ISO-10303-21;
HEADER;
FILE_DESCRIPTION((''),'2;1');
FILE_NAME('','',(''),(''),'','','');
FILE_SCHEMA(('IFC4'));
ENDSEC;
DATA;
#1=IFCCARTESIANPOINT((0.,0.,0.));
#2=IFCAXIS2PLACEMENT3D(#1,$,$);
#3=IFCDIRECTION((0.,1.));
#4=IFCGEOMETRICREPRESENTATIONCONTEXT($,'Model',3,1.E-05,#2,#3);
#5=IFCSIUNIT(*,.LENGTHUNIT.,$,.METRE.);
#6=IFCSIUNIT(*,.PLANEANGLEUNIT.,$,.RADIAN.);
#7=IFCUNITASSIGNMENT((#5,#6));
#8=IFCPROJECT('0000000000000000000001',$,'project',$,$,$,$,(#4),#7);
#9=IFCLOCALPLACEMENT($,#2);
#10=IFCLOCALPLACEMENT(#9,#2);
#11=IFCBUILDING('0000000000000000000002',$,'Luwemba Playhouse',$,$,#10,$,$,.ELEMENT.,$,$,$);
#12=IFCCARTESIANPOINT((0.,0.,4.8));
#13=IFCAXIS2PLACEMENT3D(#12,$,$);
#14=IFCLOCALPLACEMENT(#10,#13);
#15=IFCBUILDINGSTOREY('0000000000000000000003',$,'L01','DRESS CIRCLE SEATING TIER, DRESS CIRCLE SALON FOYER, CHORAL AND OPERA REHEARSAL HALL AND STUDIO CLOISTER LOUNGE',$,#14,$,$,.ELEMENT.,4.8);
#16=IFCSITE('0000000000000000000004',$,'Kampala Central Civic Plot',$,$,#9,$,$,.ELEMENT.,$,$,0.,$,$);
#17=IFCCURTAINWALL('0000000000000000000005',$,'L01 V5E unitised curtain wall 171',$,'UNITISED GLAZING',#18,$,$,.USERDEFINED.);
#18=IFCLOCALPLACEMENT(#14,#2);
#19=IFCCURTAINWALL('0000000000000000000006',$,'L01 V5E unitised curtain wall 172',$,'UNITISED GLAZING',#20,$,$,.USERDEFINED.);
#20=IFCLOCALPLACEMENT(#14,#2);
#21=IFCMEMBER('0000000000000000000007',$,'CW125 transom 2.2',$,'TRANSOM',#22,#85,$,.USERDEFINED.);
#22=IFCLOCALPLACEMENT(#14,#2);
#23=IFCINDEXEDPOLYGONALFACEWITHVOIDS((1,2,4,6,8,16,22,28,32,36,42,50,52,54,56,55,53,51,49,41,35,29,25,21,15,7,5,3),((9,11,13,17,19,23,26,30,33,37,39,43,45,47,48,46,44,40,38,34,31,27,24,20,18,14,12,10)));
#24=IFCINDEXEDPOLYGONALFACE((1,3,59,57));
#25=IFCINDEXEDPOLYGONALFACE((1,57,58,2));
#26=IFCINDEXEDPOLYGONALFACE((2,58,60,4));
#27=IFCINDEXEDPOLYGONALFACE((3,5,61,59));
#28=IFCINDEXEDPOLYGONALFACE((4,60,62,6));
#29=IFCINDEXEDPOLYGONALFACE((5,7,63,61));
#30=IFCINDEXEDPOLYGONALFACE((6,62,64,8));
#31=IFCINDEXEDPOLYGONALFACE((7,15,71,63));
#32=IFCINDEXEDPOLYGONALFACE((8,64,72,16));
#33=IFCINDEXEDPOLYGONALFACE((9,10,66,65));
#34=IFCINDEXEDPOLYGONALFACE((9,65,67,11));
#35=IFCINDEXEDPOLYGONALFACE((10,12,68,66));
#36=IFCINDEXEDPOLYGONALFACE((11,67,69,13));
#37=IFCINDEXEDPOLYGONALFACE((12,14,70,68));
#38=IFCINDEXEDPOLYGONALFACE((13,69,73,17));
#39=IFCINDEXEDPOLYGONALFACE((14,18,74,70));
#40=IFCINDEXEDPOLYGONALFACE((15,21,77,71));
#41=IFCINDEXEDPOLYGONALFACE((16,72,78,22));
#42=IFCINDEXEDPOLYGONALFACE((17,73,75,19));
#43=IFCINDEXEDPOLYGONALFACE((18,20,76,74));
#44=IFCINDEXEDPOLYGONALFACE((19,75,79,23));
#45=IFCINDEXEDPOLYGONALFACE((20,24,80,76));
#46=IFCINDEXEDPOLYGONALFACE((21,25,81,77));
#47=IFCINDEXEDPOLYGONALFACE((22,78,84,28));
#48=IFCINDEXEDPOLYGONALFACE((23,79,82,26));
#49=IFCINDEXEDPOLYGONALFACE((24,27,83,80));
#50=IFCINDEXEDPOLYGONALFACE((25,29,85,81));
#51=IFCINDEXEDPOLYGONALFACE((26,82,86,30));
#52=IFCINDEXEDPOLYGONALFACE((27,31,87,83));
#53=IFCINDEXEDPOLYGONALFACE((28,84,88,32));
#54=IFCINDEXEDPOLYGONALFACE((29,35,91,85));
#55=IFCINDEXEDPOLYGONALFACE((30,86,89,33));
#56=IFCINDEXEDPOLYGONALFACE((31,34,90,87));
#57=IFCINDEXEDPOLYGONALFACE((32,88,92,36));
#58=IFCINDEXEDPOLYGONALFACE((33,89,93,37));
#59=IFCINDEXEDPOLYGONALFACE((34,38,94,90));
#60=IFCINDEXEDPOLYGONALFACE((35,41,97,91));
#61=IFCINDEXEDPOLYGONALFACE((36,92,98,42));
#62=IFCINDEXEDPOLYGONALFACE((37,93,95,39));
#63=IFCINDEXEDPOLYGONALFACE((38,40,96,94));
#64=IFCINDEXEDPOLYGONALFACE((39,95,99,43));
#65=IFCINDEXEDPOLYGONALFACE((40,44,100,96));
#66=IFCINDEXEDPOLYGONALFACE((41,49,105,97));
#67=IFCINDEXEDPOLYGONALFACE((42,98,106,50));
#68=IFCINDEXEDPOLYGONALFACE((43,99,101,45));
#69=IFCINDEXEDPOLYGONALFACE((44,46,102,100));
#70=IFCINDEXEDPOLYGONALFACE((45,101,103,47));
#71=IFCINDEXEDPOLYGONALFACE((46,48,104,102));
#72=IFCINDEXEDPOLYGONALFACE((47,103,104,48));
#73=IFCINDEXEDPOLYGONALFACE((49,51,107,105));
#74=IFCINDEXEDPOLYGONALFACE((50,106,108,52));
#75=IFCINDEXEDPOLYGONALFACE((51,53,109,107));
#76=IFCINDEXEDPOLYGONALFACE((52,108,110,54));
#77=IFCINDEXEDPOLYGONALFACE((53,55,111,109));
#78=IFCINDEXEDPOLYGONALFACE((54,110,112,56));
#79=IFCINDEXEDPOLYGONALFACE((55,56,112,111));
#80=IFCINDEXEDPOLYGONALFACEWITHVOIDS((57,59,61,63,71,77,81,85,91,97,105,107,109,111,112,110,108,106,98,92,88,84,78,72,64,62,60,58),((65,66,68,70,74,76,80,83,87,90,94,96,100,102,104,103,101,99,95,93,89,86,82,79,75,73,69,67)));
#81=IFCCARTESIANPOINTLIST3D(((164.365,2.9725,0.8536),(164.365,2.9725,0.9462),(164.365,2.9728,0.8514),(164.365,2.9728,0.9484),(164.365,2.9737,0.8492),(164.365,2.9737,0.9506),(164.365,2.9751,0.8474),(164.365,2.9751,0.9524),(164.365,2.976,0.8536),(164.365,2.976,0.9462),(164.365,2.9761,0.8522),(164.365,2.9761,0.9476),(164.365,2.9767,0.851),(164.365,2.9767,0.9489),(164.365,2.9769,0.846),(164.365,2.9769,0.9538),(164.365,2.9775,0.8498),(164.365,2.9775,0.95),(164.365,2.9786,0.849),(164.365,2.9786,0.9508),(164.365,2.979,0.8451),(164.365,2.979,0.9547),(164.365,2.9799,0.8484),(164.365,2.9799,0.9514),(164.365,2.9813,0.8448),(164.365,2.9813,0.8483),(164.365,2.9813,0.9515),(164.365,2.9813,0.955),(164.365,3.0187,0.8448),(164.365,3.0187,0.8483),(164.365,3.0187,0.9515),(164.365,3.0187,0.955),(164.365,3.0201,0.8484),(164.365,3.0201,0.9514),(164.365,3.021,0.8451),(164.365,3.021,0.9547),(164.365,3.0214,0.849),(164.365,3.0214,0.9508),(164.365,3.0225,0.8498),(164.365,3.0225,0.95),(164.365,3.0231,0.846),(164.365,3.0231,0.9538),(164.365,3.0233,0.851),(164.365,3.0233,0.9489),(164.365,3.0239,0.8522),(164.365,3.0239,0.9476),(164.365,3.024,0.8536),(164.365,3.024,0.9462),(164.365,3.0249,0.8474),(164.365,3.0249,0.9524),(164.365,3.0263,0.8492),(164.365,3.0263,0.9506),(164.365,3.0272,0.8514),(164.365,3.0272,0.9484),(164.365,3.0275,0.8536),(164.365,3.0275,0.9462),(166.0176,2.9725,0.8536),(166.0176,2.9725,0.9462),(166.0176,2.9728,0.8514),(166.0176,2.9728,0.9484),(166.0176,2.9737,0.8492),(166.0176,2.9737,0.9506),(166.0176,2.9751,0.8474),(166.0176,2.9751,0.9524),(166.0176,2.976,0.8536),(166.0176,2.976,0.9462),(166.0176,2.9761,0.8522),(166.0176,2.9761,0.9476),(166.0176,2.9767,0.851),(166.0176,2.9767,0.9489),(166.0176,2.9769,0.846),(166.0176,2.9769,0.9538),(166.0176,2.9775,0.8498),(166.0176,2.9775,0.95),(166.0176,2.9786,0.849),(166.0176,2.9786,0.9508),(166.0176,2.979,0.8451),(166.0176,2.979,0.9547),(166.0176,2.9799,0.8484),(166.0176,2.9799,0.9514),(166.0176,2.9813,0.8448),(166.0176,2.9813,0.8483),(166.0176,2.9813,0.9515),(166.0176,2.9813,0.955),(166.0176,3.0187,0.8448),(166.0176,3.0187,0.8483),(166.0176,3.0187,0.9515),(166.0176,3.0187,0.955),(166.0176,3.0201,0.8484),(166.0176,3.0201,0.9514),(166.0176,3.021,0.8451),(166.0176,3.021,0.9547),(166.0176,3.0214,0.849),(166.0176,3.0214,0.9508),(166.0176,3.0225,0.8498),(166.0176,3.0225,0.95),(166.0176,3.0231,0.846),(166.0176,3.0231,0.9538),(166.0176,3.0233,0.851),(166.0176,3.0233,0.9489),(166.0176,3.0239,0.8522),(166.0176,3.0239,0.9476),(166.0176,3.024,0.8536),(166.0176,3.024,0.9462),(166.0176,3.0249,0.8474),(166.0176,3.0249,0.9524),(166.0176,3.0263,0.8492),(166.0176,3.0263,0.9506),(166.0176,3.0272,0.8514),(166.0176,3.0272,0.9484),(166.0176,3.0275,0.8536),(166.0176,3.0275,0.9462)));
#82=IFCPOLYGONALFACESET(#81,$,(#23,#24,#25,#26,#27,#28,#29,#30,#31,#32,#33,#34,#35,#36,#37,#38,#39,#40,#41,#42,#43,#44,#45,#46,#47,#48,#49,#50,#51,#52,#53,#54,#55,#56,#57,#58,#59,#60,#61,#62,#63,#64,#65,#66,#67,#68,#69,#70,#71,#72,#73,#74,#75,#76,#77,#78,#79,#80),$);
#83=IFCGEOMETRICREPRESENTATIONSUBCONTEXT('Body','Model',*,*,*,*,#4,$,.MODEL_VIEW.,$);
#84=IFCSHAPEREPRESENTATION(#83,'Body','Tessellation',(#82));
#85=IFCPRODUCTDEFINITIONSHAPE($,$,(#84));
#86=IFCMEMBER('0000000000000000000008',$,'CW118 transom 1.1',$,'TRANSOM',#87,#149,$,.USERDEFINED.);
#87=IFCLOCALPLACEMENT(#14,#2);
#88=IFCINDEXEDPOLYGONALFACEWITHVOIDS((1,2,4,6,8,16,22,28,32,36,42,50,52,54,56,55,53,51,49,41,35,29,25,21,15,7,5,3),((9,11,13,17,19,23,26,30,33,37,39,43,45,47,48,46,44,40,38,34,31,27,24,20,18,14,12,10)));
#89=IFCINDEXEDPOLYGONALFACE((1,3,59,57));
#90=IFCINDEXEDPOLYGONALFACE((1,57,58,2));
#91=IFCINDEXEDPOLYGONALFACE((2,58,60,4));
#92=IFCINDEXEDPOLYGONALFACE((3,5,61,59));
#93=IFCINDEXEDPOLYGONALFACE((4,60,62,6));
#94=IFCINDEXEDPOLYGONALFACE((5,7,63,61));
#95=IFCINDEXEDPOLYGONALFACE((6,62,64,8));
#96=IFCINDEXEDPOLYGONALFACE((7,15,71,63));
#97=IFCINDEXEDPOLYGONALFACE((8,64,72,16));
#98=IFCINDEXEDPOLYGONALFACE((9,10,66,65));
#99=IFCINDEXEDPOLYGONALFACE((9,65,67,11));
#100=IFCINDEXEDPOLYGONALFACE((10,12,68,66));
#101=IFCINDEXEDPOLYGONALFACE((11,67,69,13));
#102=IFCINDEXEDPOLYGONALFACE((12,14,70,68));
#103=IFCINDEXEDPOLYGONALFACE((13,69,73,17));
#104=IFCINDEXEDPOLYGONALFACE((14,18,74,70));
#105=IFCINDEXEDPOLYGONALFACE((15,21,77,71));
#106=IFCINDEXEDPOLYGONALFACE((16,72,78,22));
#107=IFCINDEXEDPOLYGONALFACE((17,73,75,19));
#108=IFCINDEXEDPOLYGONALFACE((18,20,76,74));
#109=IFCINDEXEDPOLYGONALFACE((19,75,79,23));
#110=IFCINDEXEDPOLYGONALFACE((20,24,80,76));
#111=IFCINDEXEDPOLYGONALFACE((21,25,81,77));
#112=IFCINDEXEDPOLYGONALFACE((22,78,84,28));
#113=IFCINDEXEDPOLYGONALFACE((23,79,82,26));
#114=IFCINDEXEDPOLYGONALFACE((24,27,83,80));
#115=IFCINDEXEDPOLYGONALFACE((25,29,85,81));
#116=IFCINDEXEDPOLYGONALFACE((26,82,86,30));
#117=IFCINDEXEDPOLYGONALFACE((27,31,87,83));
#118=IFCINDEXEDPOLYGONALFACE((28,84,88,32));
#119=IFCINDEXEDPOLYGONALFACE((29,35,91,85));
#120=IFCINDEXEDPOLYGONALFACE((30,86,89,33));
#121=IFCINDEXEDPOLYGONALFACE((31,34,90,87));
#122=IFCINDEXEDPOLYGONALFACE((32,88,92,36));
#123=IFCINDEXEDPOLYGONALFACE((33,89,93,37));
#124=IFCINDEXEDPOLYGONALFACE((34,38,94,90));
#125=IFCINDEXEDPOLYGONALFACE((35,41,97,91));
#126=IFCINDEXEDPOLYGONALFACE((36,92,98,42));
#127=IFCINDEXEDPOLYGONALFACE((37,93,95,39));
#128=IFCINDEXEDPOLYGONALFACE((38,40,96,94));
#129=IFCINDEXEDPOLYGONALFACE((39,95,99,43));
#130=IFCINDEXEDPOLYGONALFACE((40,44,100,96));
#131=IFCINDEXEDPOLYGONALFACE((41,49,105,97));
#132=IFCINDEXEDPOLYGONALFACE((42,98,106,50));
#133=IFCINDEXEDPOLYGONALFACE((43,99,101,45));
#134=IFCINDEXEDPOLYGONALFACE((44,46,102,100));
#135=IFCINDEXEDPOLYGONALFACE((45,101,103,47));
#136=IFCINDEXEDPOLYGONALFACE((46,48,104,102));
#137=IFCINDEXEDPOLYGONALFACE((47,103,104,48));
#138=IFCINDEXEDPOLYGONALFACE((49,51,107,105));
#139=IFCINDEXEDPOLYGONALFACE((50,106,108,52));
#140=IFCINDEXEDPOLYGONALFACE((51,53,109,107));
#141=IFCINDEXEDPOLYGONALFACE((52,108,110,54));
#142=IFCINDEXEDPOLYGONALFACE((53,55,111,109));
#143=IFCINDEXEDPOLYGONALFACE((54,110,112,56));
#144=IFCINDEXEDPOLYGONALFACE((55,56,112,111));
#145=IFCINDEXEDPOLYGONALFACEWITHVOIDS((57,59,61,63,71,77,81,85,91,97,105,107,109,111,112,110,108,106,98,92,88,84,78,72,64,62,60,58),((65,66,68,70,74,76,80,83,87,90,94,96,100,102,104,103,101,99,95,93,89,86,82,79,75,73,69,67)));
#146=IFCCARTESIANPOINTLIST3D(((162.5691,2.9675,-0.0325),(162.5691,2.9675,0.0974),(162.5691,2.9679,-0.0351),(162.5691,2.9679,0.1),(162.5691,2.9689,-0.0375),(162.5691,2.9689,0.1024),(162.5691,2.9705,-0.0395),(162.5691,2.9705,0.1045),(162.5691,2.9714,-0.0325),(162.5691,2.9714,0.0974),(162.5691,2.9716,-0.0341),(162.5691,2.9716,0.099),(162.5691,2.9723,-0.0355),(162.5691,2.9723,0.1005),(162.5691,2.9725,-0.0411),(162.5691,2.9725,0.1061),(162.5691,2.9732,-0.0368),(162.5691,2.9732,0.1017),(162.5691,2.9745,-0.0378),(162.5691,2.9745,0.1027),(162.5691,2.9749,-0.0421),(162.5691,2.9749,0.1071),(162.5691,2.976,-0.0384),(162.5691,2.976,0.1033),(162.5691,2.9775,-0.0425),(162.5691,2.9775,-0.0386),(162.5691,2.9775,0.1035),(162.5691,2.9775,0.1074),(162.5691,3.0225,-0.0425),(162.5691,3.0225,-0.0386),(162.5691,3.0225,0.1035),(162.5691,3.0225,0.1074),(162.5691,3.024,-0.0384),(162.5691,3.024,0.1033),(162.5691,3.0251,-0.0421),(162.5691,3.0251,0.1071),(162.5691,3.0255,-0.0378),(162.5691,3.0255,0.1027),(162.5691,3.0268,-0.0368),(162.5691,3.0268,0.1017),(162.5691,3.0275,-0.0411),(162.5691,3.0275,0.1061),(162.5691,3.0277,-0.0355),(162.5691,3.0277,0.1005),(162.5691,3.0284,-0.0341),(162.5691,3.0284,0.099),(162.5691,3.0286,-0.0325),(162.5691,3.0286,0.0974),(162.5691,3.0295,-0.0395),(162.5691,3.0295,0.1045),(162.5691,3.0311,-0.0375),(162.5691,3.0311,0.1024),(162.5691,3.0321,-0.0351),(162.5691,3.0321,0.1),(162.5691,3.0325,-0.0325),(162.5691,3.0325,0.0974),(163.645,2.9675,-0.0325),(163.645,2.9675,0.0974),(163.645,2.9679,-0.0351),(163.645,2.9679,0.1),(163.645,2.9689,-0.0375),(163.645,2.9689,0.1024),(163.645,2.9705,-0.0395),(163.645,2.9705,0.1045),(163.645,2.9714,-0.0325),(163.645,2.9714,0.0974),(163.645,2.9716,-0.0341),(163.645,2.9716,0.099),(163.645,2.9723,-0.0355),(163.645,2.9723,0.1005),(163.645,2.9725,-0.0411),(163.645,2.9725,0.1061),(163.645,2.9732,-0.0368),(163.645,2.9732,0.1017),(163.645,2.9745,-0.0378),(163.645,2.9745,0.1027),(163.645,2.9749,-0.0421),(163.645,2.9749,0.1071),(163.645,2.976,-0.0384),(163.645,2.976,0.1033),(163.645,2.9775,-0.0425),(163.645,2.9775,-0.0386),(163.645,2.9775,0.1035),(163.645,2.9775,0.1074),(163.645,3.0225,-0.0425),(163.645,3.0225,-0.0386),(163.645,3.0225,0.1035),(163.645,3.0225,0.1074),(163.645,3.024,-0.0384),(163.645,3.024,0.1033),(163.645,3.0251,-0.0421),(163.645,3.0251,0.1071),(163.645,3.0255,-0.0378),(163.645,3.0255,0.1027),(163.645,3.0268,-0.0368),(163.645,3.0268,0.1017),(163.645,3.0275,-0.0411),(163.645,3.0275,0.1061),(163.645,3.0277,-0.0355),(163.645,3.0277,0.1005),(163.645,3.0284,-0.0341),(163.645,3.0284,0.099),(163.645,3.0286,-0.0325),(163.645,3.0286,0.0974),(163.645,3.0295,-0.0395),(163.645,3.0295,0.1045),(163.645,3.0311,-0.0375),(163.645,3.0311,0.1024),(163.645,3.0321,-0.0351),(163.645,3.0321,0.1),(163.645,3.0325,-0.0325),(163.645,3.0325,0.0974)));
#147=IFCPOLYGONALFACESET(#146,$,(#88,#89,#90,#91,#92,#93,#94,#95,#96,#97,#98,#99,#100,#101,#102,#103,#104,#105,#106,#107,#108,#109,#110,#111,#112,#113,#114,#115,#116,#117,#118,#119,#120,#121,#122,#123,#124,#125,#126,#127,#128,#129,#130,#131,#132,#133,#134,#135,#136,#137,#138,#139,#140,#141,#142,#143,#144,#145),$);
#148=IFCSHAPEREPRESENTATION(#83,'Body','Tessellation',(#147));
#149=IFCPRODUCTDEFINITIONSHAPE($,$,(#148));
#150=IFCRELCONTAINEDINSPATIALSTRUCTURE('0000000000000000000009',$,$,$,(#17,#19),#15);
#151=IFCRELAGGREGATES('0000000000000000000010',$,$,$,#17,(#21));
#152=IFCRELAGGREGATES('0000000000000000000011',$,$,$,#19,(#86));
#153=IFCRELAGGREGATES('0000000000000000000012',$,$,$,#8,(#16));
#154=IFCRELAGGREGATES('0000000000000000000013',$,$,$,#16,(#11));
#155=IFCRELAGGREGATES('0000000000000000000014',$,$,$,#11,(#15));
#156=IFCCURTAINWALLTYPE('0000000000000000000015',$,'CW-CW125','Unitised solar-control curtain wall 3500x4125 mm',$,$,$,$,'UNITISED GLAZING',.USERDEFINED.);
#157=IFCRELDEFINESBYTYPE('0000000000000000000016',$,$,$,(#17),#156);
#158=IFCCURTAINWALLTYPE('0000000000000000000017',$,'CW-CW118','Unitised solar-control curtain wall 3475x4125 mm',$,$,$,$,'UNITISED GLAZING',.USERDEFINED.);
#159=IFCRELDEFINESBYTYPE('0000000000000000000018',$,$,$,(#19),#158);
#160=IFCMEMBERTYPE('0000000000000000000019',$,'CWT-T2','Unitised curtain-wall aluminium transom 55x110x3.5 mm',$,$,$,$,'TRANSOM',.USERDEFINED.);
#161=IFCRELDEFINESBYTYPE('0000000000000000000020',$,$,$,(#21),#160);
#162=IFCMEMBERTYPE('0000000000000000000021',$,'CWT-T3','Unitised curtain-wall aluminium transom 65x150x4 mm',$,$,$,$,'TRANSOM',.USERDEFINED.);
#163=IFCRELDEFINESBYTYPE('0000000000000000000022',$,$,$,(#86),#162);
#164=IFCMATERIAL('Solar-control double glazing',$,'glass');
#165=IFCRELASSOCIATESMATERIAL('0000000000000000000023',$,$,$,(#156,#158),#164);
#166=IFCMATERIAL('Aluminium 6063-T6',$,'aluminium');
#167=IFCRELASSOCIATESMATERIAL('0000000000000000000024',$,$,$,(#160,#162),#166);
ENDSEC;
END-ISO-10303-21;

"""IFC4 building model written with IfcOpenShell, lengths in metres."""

from ifc_helpers import new_model, si_unit, direction, frame, origin, origin_2d, place, context, subcontext, project, spatial, hollow_rectangle, extrude, material, material_profile, profile_set, type_object, element, aggregate, save


model = new_model("IFC4")

# Units and contexts
model_context = context("Model", 3, precision=1e-05, world=origin(), true_north=direction((0.0, 1.0)))
body_context = subcontext(model_context, "Body", "Model", "MODEL_VIEW")
ifc_project = project(units=[si_unit("LENGTHUNIT", "METRE"), si_unit("PLANEANGLEUNIT", "RADIAN")], contexts=[model_context])

# Site, building, storey
site_placement = place(None, origin())
site = spatial("IfcSite", under=ifc_project, at=site_placement, Name="Kampala Central Civic Plot", CompositionType="ELEMENT", RefElevation=0.0)
building_placement = place(site_placement, origin())
building = spatial("IfcBuilding", under=site, at=building_placement, Name="Luwemba Playhouse", CompositionType="ELEMENT")
storey_placement = place(building_placement, frame((0.0, 0.0, 4.8)))
storey = spatial("IfcBuildingStorey", under=building, at=storey_placement, Name="L01", Description="DRESS CIRCLE SEATING TIER, DRESS CIRCLE SALON FOYER, CHORAL AND OPERA REHEARSAL HALL AND STUDIO CLOISTER LOUNGE", CompositionType="ELEMENT", Elevation=4.8)

# Shared definitions
ifc_material_1 = material(Name="Solar-control double glazing", Category="glass")
ifc_material_2 = material(Name="Aluminium 6063-T6", Category="aluminium")

# Curtain walls
curtain_wall_type_1 = type_object("IfcCurtainWallType", Name="CW-CW125", Description="Unitised solar-control curtain wall 3500x4125 mm", ElementType="UNITISED GLAZING", PredefinedType="USERDEFINED", material=ifc_material_1)
curtain_wall_1_placement = place(storey_placement, origin())
curtain_wall_1 = element("IfcCurtainWall", 1, at=curtain_wall_1_placement, inside=storey, type_object=curtain_wall_type_1, Name="L01 V5E unitised curtain wall 171", ObjectType="UNITISED GLAZING", PredefinedType="USERDEFINED")
curtain_wall_type_2 = type_object("IfcCurtainWallType", Name="CW-CW118", Description="Unitised solar-control curtain wall 3475x4125 mm", ElementType="UNITISED GLAZING", PredefinedType="USERDEFINED", material=ifc_material_1)
curtain_wall_2_placement = place(storey_placement, origin())
curtain_wall_2 = element("IfcCurtainWall", 2, at=curtain_wall_2_placement, inside=storey, type_object=curtain_wall_type_2, Name="L01 V5E unitised curtain wall 172", ObjectType="UNITISED GLAZING", PredefinedType="USERDEFINED")

# Members
ifc_material_profile_1 = material_profile(ifc_material_2, hollow_rectangle(XDim=0.0549, YDim=0.1101, WallThickness=0.0034, InnerFilletRadius=0.0054, OuterFilletRadius=0.0088, at=origin_2d()))
ifc_profile_set_1 = profile_set([ifc_material_profile_1], Name="Aluminium 6063-T6")
member_type_1 = type_object("IfcMemberType", Name="CWT-T2", Description="Unitised curtain-wall aluminium transom 55x110x3.5 mm", ElementType="TRANSOM", PredefinedType="USERDEFINED", material=ifc_profile_set_1)
member_1_placement = place(storey_placement, frame((166.0176, 3.0, 0.8999), z_axis=(-1.0, 0.0, 0.0), x_axis=(0.0, -1.0, 0.0)))
member_1 = element("IfcMember", 3, at=member_1_placement, type_object=member_type_1, Name="CW125 transom 2.2", ObjectType="TRANSOM", PredefinedType="USERDEFINED", context=body_context, shape_type="SweptSolid", body=[
    extrude(hollow_rectangle(XDim=0.0549, YDim=0.1101, WallThickness=0.0034, InnerFilletRadius=0.0054, OuterFilletRadius=0.0088, at=origin_2d()), origin(), (0.0, 0.0, 1.0), 1.6526),
])
ifc_material_profile_2 = material_profile(ifc_material_2, hollow_rectangle(XDim=0.0649, YDim=0.1499, WallThickness=0.0039, InnerFilletRadius=0.0061, OuterFilletRadius=0.01, at=origin_2d()))
ifc_profile_set_2 = profile_set([ifc_material_profile_2], Name="Aluminium 6063-T6")
member_type_2 = type_object("IfcMemberType", Name="CWT-T3", Description="Unitised curtain-wall aluminium transom 65x150x4 mm", ElementType="TRANSOM", PredefinedType="USERDEFINED", material=ifc_profile_set_2)
member_2_placement = place(storey_placement, frame((163.645, 3.0, 0.0325), z_axis=(-1.0, 0.0, 0.0), x_axis=(0.0, -1.0, 0.0)))
member_2 = element("IfcMember", 4, at=member_2_placement, type_object=member_type_2, Name="CW118 transom 1.1", ObjectType="TRANSOM", PredefinedType="USERDEFINED", context=body_context, shape_type="SweptSolid", body=[
    extrude(hollow_rectangle(XDim=0.0649, YDim=0.1499, WallThickness=0.0039, InnerFilletRadius=0.0061, OuterFilletRadius=0.01, at=origin_2d()), origin(), (0.0, 0.0, 1.0), 1.0759),
])

aggregate(curtain_wall_1, [member_1])
aggregate(curtain_wall_2, [member_2])

save(model, "model.ifc")
